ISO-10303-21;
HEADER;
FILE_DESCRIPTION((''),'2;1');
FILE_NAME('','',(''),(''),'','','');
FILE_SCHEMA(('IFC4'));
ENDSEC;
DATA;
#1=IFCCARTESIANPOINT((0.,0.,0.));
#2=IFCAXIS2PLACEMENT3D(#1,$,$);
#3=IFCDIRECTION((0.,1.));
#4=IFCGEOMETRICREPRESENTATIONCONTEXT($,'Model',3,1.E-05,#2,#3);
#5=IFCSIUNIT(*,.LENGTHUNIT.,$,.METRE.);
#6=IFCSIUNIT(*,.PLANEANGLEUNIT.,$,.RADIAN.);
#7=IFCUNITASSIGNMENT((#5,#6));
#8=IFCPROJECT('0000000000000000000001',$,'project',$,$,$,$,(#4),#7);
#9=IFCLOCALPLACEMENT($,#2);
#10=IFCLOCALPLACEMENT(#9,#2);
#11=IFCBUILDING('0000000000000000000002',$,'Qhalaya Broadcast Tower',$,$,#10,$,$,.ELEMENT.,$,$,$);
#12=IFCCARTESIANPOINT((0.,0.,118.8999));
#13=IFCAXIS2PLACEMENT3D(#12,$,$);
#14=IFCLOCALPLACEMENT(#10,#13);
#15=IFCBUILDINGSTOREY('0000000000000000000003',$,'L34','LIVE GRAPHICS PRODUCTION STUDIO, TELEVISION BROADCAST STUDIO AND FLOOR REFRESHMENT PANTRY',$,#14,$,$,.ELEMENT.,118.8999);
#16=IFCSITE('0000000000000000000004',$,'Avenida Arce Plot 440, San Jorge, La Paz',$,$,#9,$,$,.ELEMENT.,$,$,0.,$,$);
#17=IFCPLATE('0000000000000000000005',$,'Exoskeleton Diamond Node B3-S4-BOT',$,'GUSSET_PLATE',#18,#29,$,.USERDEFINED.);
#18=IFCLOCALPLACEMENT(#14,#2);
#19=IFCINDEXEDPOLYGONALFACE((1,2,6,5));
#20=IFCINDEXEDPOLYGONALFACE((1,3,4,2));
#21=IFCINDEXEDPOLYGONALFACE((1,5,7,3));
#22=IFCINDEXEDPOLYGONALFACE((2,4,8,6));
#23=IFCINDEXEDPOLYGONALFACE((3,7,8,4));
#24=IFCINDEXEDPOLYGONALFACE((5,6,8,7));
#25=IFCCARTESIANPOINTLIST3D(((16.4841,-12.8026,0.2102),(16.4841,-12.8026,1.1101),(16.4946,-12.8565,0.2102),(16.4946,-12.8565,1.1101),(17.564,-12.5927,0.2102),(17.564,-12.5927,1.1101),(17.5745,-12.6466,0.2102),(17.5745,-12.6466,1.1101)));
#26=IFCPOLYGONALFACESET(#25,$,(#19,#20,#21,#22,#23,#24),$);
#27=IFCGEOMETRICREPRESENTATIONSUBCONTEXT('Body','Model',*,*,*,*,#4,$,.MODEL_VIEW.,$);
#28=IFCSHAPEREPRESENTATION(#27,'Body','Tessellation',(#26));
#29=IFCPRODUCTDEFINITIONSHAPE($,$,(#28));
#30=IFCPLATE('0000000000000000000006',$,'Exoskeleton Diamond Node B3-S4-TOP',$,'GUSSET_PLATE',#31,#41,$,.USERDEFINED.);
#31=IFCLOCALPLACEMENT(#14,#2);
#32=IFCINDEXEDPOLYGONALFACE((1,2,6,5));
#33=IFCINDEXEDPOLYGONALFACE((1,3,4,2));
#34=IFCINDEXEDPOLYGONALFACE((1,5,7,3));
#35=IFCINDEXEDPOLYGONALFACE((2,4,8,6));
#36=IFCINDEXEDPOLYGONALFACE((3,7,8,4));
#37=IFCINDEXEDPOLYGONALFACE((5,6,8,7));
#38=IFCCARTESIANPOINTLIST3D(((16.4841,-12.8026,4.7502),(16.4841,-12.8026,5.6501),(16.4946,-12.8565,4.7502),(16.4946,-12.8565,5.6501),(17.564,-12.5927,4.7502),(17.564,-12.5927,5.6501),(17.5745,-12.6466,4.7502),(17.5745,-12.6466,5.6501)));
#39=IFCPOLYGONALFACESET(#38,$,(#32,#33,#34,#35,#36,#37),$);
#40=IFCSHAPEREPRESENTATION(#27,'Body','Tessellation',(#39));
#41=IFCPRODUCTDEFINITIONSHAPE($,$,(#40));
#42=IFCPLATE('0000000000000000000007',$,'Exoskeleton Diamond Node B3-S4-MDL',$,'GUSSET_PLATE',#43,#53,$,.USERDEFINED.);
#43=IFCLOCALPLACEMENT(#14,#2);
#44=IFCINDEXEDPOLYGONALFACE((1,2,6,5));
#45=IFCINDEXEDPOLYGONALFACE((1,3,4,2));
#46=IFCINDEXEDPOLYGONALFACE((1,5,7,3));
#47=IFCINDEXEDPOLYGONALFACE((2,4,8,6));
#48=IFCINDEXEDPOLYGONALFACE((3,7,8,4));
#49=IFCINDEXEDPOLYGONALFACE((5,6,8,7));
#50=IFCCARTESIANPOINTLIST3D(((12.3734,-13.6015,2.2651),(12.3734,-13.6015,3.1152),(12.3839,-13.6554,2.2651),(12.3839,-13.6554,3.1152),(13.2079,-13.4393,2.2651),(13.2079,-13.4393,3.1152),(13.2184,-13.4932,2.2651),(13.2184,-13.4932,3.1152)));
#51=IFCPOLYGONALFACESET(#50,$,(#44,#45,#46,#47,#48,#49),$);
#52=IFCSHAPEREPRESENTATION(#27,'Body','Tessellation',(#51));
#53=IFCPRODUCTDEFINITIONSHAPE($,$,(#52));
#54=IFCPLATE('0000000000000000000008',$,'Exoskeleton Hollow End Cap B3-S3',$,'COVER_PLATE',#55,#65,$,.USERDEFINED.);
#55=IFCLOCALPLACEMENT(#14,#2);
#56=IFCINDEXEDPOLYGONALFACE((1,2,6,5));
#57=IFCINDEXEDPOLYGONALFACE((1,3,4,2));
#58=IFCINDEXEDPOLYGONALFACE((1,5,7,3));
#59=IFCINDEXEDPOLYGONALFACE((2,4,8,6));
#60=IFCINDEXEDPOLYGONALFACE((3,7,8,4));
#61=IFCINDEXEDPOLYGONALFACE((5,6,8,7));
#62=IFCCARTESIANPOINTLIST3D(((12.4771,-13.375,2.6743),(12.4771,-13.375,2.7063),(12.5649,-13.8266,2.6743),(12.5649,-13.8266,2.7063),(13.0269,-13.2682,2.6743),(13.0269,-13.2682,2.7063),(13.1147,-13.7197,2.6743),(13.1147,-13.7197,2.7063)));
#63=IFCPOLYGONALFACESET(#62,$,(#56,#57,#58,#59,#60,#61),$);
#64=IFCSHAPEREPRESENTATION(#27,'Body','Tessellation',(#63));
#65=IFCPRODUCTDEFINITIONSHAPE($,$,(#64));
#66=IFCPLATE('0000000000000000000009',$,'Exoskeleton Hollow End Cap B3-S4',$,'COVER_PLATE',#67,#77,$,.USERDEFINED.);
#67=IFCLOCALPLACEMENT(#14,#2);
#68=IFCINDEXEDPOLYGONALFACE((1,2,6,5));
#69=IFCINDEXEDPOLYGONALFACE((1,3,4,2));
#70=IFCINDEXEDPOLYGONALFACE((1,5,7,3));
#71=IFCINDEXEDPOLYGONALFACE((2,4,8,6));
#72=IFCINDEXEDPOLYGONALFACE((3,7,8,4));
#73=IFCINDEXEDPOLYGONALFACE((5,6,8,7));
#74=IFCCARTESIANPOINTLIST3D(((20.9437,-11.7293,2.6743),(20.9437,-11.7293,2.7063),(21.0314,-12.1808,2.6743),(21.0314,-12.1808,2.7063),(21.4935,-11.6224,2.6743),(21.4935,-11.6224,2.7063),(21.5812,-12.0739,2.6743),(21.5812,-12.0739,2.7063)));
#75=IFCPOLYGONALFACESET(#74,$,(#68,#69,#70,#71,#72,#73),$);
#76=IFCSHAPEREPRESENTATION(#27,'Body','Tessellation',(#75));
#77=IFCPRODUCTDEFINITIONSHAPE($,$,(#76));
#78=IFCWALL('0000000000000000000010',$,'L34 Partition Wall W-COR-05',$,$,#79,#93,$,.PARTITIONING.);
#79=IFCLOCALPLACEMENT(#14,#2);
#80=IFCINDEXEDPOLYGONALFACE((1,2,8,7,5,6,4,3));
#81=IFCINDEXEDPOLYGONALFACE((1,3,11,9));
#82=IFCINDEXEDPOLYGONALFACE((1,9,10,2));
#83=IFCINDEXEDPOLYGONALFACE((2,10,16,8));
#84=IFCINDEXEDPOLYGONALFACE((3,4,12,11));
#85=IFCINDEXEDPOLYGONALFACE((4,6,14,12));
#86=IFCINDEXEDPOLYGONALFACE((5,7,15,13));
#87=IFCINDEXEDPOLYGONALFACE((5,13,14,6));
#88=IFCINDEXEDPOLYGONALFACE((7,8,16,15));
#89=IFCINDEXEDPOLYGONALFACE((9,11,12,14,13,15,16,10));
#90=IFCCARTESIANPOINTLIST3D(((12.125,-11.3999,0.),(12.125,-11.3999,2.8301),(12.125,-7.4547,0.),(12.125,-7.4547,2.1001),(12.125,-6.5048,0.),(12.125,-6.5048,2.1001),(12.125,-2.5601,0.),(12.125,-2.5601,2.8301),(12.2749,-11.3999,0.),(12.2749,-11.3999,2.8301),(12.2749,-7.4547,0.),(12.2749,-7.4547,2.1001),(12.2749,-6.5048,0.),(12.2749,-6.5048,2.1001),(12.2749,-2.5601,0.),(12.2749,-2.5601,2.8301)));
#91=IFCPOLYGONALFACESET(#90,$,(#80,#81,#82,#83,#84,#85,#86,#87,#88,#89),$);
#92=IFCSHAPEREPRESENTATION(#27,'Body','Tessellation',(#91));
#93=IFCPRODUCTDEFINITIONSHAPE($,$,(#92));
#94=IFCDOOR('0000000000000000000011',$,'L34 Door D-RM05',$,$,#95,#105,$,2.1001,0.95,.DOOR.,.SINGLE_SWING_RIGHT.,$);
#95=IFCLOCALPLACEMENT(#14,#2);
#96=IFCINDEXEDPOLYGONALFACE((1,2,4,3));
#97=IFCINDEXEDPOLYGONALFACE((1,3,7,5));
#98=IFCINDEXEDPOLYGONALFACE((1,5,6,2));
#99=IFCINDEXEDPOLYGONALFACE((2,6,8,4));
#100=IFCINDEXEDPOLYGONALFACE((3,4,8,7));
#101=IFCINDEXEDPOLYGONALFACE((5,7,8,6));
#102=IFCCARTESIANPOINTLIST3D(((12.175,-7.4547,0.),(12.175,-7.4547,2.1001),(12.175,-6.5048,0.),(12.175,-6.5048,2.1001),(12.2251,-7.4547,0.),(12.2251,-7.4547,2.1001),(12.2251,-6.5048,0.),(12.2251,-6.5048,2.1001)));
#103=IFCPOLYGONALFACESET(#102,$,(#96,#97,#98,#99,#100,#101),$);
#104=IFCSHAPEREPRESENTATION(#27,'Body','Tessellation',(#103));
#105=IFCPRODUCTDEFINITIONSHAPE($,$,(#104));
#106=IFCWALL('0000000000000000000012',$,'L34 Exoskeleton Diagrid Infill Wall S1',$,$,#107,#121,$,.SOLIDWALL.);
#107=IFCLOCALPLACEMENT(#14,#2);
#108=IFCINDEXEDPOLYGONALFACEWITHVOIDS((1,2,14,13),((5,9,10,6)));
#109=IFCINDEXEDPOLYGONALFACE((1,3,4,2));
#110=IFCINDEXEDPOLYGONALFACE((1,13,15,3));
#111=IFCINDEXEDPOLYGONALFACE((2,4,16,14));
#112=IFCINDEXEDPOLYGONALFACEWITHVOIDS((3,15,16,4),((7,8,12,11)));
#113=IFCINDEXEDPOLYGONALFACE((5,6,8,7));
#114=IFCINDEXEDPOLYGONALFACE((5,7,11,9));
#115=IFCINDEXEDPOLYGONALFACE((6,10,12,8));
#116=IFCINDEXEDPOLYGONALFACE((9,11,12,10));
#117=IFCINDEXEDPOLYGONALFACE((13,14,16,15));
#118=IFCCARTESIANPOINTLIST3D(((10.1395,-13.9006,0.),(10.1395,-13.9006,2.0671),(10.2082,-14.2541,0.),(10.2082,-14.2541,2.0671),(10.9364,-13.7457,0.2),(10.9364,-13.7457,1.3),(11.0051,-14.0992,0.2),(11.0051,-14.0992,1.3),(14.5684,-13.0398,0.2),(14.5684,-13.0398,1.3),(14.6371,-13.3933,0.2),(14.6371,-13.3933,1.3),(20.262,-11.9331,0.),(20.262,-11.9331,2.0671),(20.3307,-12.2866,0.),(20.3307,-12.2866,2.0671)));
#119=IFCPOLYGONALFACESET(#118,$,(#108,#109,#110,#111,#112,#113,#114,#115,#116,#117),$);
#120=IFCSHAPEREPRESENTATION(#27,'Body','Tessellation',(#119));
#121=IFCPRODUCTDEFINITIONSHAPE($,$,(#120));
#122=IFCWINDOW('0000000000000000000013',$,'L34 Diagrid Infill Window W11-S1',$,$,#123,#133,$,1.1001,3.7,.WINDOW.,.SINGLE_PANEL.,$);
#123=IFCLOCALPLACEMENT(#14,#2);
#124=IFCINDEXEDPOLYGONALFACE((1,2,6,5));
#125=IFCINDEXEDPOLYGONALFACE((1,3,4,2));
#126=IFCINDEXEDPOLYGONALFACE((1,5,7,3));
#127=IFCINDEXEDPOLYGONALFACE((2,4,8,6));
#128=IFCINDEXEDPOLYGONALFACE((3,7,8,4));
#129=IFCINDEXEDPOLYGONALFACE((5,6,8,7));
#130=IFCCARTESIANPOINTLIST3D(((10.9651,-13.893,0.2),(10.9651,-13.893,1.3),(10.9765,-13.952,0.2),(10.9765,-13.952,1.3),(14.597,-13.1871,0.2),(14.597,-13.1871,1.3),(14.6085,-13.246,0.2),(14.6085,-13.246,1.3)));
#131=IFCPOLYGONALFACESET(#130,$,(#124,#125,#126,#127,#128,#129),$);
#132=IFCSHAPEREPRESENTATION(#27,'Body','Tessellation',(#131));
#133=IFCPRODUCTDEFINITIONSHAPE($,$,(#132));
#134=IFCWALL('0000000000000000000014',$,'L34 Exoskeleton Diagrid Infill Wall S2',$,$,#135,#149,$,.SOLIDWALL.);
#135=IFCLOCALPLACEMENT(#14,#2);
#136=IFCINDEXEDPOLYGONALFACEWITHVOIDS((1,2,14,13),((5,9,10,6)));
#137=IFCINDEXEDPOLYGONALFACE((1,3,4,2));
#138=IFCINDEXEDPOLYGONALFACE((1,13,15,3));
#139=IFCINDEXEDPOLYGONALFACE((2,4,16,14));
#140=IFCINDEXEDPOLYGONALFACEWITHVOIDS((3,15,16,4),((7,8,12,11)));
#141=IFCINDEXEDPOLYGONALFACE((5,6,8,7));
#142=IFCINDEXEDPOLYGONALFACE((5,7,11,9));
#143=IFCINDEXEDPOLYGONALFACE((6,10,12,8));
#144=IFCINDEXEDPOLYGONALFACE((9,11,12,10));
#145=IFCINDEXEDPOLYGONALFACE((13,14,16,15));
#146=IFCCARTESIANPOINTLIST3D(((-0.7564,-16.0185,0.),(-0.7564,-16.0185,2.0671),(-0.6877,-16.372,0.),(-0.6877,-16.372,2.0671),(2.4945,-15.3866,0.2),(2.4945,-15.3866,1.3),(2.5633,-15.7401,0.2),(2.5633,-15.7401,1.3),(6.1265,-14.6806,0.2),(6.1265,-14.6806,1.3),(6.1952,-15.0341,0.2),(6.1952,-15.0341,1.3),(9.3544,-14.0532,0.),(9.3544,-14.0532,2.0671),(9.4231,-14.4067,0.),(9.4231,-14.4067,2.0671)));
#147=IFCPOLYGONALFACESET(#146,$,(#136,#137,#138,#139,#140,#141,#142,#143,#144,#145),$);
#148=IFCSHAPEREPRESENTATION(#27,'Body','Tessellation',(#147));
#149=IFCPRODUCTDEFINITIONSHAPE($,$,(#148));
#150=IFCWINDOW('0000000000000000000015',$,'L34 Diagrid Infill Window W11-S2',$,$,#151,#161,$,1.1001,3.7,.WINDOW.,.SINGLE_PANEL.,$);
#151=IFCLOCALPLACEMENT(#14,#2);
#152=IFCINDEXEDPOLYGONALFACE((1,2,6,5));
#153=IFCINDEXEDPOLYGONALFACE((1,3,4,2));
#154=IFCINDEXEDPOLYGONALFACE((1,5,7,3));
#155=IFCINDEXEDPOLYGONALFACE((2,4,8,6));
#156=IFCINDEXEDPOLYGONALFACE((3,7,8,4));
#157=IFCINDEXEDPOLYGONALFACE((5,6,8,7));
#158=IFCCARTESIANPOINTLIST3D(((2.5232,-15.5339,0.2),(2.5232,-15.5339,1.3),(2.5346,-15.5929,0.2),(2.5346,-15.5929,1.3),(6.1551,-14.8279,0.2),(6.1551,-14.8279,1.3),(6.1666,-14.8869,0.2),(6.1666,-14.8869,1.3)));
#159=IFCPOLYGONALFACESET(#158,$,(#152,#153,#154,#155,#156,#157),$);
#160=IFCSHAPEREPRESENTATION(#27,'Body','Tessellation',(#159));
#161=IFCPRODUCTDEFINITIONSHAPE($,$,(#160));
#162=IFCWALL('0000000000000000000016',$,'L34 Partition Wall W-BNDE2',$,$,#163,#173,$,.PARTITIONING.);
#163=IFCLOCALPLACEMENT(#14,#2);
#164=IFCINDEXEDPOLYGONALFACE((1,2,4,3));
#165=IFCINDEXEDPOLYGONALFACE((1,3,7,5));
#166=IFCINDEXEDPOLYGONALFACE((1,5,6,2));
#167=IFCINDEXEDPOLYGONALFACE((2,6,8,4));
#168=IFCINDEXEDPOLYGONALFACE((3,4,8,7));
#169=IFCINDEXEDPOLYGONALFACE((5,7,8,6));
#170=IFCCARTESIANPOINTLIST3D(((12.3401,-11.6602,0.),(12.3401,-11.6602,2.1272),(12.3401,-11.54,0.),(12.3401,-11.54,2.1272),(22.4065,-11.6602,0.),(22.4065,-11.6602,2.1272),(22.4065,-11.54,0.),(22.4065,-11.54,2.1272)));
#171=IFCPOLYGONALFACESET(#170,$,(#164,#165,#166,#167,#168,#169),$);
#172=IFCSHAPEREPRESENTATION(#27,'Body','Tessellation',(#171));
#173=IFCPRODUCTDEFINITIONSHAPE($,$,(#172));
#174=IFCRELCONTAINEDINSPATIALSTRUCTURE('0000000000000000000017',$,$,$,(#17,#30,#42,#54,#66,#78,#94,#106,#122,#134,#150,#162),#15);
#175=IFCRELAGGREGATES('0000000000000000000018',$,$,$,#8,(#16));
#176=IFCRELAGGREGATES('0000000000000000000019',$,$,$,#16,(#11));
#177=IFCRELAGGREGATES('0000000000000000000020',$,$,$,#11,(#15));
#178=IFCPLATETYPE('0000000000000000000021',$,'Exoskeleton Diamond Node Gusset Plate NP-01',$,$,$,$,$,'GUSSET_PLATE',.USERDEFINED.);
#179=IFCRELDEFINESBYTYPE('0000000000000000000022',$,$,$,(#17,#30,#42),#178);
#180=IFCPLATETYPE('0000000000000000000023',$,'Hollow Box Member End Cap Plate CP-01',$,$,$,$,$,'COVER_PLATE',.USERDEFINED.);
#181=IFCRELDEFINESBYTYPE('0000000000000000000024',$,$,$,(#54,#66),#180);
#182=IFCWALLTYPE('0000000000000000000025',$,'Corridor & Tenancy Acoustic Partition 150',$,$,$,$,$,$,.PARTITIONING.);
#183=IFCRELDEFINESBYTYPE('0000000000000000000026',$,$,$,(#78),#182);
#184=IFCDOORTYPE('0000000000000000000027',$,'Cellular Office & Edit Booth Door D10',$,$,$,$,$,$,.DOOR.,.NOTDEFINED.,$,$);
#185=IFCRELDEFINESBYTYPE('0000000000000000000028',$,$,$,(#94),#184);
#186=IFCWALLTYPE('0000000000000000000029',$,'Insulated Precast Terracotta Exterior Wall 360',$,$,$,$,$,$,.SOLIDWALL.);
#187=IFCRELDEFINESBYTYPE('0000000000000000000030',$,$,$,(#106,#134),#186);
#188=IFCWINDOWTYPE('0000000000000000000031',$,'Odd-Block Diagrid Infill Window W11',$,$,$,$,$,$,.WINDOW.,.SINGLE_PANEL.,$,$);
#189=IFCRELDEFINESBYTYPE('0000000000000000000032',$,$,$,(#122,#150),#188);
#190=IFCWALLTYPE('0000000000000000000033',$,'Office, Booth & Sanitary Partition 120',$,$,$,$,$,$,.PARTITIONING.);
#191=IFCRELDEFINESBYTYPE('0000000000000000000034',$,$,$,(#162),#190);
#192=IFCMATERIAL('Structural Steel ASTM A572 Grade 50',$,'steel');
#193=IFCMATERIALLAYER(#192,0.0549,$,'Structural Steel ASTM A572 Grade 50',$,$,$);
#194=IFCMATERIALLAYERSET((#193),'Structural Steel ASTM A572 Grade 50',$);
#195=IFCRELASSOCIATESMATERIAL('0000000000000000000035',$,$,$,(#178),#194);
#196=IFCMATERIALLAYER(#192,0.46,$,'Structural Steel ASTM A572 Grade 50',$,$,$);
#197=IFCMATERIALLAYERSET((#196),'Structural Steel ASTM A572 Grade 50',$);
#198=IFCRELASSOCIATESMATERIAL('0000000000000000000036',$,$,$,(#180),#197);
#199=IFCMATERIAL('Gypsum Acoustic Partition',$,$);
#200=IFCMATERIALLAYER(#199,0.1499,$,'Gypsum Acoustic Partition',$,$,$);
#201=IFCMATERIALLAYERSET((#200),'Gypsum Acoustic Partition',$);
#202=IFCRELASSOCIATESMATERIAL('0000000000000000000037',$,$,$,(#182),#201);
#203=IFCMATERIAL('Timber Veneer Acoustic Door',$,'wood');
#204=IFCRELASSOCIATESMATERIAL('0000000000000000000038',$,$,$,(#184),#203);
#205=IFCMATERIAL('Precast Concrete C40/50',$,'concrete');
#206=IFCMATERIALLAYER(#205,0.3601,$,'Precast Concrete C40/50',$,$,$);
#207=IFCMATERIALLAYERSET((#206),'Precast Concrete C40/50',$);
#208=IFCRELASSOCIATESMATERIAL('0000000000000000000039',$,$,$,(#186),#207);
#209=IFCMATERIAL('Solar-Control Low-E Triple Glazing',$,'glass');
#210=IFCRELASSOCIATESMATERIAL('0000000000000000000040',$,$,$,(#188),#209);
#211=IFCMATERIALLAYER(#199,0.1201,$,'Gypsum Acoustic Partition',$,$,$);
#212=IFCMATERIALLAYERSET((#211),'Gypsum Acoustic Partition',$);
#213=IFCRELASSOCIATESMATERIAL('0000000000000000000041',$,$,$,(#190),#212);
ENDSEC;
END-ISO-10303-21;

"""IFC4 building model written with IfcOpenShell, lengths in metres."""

from ifc_helpers import new_model, si_unit, direction, frame, frame_2d, origin, origin_2d, place, context, subcontext, project, spatial, rectangle, extrude, material, layer, layer_set, type_object, element, fill, save


model = new_model("IFC4")

# Units and contexts
model_context = context("Model", 3, precision=1e-05, world=origin(), true_north=direction((0.0, 1.0)))
body_context = subcontext(model_context, "Body", "Model", "MODEL_VIEW")
ifc_project = project(units=[si_unit("LENGTHUNIT", "METRE"), si_unit("PLANEANGLEUNIT", "RADIAN")], contexts=[model_context])

# Site, building, storey
site_placement = place(None, origin())
site = spatial("IfcSite", under=ifc_project, at=site_placement, Name="Avenida Arce Plot 440, San Jorge, La Paz", CompositionType="ELEMENT", RefElevation=0.0)
building_placement = place(site_placement, origin())
building = spatial("IfcBuilding", under=site, at=building_placement, Name="Qhalaya Broadcast Tower", CompositionType="ELEMENT")
storey_placement = place(building_placement, frame((0.0, 0.0, 118.8999)))
storey = spatial("IfcBuildingStorey", under=building, at=storey_placement, Name="L34", Description="LIVE GRAPHICS PRODUCTION STUDIO, TELEVISION BROADCAST STUDIO AND FLOOR REFRESHMENT PANTRY", CompositionType="ELEMENT", Elevation=118.8999)

# Shared definitions
ifc_material_1 = material(Name="Structural Steel ASTM A572 Grade 50", Category="steel")

# Plates
ifc_layer_1 = layer(ifc_material_1, 0.0549, Name="Structural Steel ASTM A572 Grade 50")
ifc_layer_set_1 = layer_set([ifc_layer_1], Name="Structural Steel ASTM A572 Grade 50")
plate_type_1 = type_object("IfcPlateType", Name="Exoskeleton Diamond Node Gusset Plate NP-01", ElementType="GUSSET_PLATE", PredefinedType="USERDEFINED", material=ifc_layer_set_1)
for number, where, z_axis, x_axis, name in (
    (1, (17.0293, -12.7246, 0.2102), (0.0, 0.0, 1.0), (0.981627, 0.190809, 0.0), "Exoskeleton Diamond Node B3-S4-BOT"),
    (2, (17.0293, -12.7246, 4.7502), (0.0, 0.0, 1.0), (0.981627, 0.190809, 0.0), "Exoskeleton Diamond Node B3-S4-TOP"),
):
    element("IfcPlate", number, at=place(storey_placement, frame(where, z_axis=z_axis, x_axis=x_axis)), inside=storey, type_object=plate_type_1, Name=name, ObjectType="GUSSET_PLATE", PredefinedType="USERDEFINED", context=body_context, shape_type="SweptSolid", body=[
        extrude(rectangle(XDim=1.1001, YDim=0.0549, at=origin_2d()), origin(), (0.0, 0.0, 1.0), 0.8999),
    ])
plate_placement = place(storey_placement, frame((12.7959, -13.5474, 2.2651), z_axis=(0.0, 0.0, 1.0), x_axis=(0.981627, 0.190809, 0.0)))
element("IfcPlate", 3, at=plate_placement, inside=storey, type_object=plate_type_1, Name="Exoskeleton Diamond Node B3-S4-MDL", ObjectType="GUSSET_PLATE", PredefinedType="USERDEFINED", context=body_context, shape_type="SweptSolid", body=[
    extrude(rectangle(XDim=0.8501, YDim=0.0549, at=origin_2d()), origin(), (0.0, 0.0, 1.0), 0.8501),
])
ifc_layer_2 = layer(ifc_material_1, 0.46, Name="Structural Steel ASTM A572 Grade 50")
ifc_layer_set_2 = layer_set([ifc_layer_2], Name="Structural Steel ASTM A572 Grade 50")
plate_type_2 = type_object("IfcPlateType", Name="Hollow Box Member End Cap Plate CP-01", ElementType="COVER_PLATE", PredefinedType="USERDEFINED", material=ifc_layer_set_2)
for number, where, z_axis, x_axis, name in (
    (4, (12.7959, -13.5474, 2.6743), (0.0, 0.0, 1.0), (0.981627, 0.190809, 0.0), "Exoskeleton Hollow End Cap B3-S3"),
    (5, (21.2625, -11.9016, 2.6743), (0.0, 0.0, 1.0), (0.981627, 0.190809, 0.0), "Exoskeleton Hollow End Cap B3-S4"),
):
    element("IfcPlate", number, at=place(storey_placement, frame(where, z_axis=z_axis, x_axis=x_axis)), inside=storey, type_object=plate_type_2, Name=name, ObjectType="COVER_PLATE", PredefinedType="USERDEFINED", context=body_context, shape_type="SweptSolid", body=[
        extrude(rectangle(XDim=0.5601, YDim=0.46, at=origin_2d()), origin(), (0.0, 0.0, 1.0), 0.032),
    ])

# Wall, opening, door
ifc_material_2 = material(Name="Gypsum Acoustic Partition")
ifc_layer_3 = layer(ifc_material_2, 0.1499, Name="Gypsum Acoustic Partition")
ifc_layer_set_3 = layer_set([ifc_layer_3], Name="Gypsum Acoustic Partition")
wall_type_1 = type_object("IfcWallType", Name="Corridor & Tenancy Acoustic Partition 150", PredefinedType="PARTITIONING", material=ifc_layer_set_3)
wall_1_placement = place(storey_placement, frame((12.2, -11.3999, 0.0), z_axis=(0.0, 0.0, 1.0), x_axis=(0.0, 1.0, 0.0)))
wall_1 = element("IfcWall", 6, at=wall_1_placement, inside=storey, type_object=wall_type_1, Name="L34 Partition Wall W-COR-05", PredefinedType="PARTITIONING", context=body_context, shape_type="SweptSolid", body=[
    extrude(rectangle(XDim=8.8398, YDim=0.1499, at=frame_2d((4.4199, 0.0))), origin(), (0.0, 0.0, 1.0), 2.8301),
])
opening_1_placement = place(wall_1_placement, frame((3.9451, 0.0, 0.0)))
opening_1 = element("IfcOpeningElement", 7, at=opening_1_placement, cuts=wall_1, PredefinedType="OPENING", context=body_context, shape_type="SweptSolid", body=[
    extrude(rectangle(XDim=0.95, YDim=2.1001, at=frame_2d((0.4751, 1.05))), frame((0.0, 0.0869, 0.0), z_axis=(0.0, -1.0, 0.0), x_axis=(1.0, 0.0, 0.0)), (0.0, 0.0, 1.0), 0.1738),
])
ifc_material_3 = material(Name="Timber Veneer Acoustic Door", Category="wood")
door_type = type_object("IfcDoorType", Name="Cellular Office & Edit Booth Door D10", OperationType="NOTDEFINED", PredefinedType="DOOR", material=ifc_material_3)
door_placement = place(opening_1_placement, origin())
door = element("IfcDoor", 8, at=door_placement, inside=storey, type_object=door_type, Name="L34 Door D-RM05", OperationType="SINGLE_SWING_RIGHT", OverallHeight=2.1001, OverallWidth=0.95, PredefinedType="DOOR", context=body_context, shape_type="SweptSolid", body=[
    extrude(rectangle(XDim=0.95, YDim=2.1001, at=frame_2d((0.4751, 1.05))), frame((0.0, 0.0249, 0.0), z_axis=(0.0, -1.0, 0.0), x_axis=(1.0, 0.0, 0.0)), (0.0, 0.0, 1.0), 0.05),
])
fill(opening_1, door)

# Walls, openings, windows
ifc_material_4 = material(Name="Precast Concrete C40/50", Category="concrete")
ifc_layer_4 = layer(ifc_material_4, 0.3601, Name="Precast Concrete C40/50")
ifc_layer_set_4 = layer_set([ifc_layer_4], Name="Precast Concrete C40/50")
wall_type_2 = type_object("IfcWallType", Name="Insulated Precast Terracotta Exterior Wall 360", PredefinedType="SOLIDWALL", material=ifc_layer_set_4)
wall_2_placement = place(storey_placement, frame((20.2964, -12.1099, 0.0), z_axis=(0.0, 0.0, 1.0), x_axis=(-0.981629, -0.1908, 0.0)))
wall_2 = element("IfcWall", 9, at=wall_2_placement, inside=storey, type_object=wall_type_2, Name="L34 Exoskeleton Diagrid Infill Wall S1", PredefinedType="SOLIDWALL", context=body_context, shape_type="SweptSolid", body=[
    extrude(rectangle(XDim=10.312, YDim=0.3601, at=frame_2d((5.156, 0.0))), origin(), (0.0, 0.0, 1.0), 2.0671),
])
opening_2_placement = place(wall_2_placement, frame((5.8, 0.0, 0.2)))
opening_2 = element("IfcOpeningElement", 10, at=opening_2_placement, cuts=wall_2, PredefinedType="OPENING", context=body_context, shape_type="SweptSolid", body=[
    extrude(rectangle(XDim=3.7, YDim=1.1001, at=frame_2d((1.8501, 0.55))), frame((0.0, 0.1921, 0.0), z_axis=(0.0, -1.0, 0.0), x_axis=(1.0, 0.0, 0.0)), (0.0, 0.0, 1.0), 0.384),
])
ifc_material_5 = material(Name="Solar-Control Low-E Triple Glazing", Category="glass")
window_type = type_object("IfcWindowType", Name="Odd-Block Diagrid Infill Window W11", PartitioningType="SINGLE_PANEL", PredefinedType="WINDOW", material=ifc_material_5)
window_1_placement = place(opening_2_placement, origin())
window_1 = element("IfcWindow", 11, at=window_1_placement, inside=storey, type_object=window_type, Name="L34 Diagrid Infill Window W11-S1", OverallHeight=1.1001, OverallWidth=3.7, PartitioningType="SINGLE_PANEL", PredefinedType="WINDOW", context=body_context, shape_type="SweptSolid", body=[
    extrude(rectangle(XDim=3.7, YDim=1.1001, at=frame_2d((1.8501, 0.55))), frame((0.0, 0.03, 0.0), z_axis=(0.0, -1.0, 0.0), x_axis=(1.0, 0.0, 0.0)), (0.0, 0.0, 1.0), 0.0601),
])
fill(opening_2, window_1)
wall_3_placement = place(storey_placement, frame((9.3887, -14.23, 0.0), z_axis=(0.0, 0.0, 1.0), x_axis=(-0.981627, -0.190807, 0.0)))
wall_3 = element("IfcWall", 12, at=wall_3_placement, inside=storey, type_object=wall_type_2, Name="L34 Exoskeleton Diagrid Infill Wall S2", PredefinedType="SOLIDWALL", context=body_context, shape_type="SweptSolid", body=[
    extrude(rectangle(XDim=10.3, YDim=0.3601, at=frame_2d((5.1499, 0.0))), origin(), (0.0, 0.0, 1.0), 2.0671),
])
opening_3_placement = place(wall_3_placement, frame((3.2881, 0.0, 0.2)))
opening_3 = element("IfcOpeningElement", 13, at=opening_3_placement, cuts=wall_3, PredefinedType="OPENING", context=body_context, shape_type="SweptSolid", body=[
    extrude(rectangle(XDim=3.7, YDim=1.1001, at=frame_2d((1.8501, 0.55))), frame((0.0, 0.1921, 0.0), z_axis=(0.0, -1.0, 0.0), x_axis=(1.0, 0.0, 0.0)), (0.0, 0.0, 1.0), 0.384),
])
window_2_placement = place(opening_3_placement, origin())
window_2 = element("IfcWindow", 14, at=window_2_placement, inside=storey, type_object=window_type, Name="L34 Diagrid Infill Window W11-S2", OverallHeight=1.1001, OverallWidth=3.7, PartitioningType="SINGLE_PANEL", PredefinedType="WINDOW", context=body_context, shape_type="SweptSolid", body=[
    extrude(rectangle(XDim=3.7, YDim=1.1001, at=frame_2d((1.8501, 0.55))), frame((0.0, 0.03, 0.0), z_axis=(0.0, -1.0, 0.0), x_axis=(1.0, 0.0, 0.0)), (0.0, 0.0, 1.0), 0.0601),
])
fill(opening_3, window_2)

# Wall
ifc_layer_5 = layer(ifc_material_2, 0.1201, Name="Gypsum Acoustic Partition")
ifc_layer_set_5 = layer_set([ifc_layer_5], Name="Gypsum Acoustic Partition")
wall_type_3 = type_object("IfcWallType", Name="Office, Booth & Sanitary Partition 120", PredefinedType="PARTITIONING", material=ifc_layer_set_5)
wall_4_placement = place(storey_placement, frame((12.3401, -11.6001, 0.0), z_axis=(0.0, 0.0, 1.0), x_axis=(1.0, 0.0, 0.0)))
element("IfcWall", 15, at=wall_4_placement, inside=storey, type_object=wall_type_3, Name="L34 Partition Wall W-BNDE2", PredefinedType="PARTITIONING", context=body_context, shape_type="SweptSolid", body=[
    extrude(rectangle(XDim=10.0664, YDim=0.1201, at=frame_2d((5.0332, 0.0))), origin(), (0.0, 0.0, 1.0), 2.1272),
])

save(model, "model.ifc")
